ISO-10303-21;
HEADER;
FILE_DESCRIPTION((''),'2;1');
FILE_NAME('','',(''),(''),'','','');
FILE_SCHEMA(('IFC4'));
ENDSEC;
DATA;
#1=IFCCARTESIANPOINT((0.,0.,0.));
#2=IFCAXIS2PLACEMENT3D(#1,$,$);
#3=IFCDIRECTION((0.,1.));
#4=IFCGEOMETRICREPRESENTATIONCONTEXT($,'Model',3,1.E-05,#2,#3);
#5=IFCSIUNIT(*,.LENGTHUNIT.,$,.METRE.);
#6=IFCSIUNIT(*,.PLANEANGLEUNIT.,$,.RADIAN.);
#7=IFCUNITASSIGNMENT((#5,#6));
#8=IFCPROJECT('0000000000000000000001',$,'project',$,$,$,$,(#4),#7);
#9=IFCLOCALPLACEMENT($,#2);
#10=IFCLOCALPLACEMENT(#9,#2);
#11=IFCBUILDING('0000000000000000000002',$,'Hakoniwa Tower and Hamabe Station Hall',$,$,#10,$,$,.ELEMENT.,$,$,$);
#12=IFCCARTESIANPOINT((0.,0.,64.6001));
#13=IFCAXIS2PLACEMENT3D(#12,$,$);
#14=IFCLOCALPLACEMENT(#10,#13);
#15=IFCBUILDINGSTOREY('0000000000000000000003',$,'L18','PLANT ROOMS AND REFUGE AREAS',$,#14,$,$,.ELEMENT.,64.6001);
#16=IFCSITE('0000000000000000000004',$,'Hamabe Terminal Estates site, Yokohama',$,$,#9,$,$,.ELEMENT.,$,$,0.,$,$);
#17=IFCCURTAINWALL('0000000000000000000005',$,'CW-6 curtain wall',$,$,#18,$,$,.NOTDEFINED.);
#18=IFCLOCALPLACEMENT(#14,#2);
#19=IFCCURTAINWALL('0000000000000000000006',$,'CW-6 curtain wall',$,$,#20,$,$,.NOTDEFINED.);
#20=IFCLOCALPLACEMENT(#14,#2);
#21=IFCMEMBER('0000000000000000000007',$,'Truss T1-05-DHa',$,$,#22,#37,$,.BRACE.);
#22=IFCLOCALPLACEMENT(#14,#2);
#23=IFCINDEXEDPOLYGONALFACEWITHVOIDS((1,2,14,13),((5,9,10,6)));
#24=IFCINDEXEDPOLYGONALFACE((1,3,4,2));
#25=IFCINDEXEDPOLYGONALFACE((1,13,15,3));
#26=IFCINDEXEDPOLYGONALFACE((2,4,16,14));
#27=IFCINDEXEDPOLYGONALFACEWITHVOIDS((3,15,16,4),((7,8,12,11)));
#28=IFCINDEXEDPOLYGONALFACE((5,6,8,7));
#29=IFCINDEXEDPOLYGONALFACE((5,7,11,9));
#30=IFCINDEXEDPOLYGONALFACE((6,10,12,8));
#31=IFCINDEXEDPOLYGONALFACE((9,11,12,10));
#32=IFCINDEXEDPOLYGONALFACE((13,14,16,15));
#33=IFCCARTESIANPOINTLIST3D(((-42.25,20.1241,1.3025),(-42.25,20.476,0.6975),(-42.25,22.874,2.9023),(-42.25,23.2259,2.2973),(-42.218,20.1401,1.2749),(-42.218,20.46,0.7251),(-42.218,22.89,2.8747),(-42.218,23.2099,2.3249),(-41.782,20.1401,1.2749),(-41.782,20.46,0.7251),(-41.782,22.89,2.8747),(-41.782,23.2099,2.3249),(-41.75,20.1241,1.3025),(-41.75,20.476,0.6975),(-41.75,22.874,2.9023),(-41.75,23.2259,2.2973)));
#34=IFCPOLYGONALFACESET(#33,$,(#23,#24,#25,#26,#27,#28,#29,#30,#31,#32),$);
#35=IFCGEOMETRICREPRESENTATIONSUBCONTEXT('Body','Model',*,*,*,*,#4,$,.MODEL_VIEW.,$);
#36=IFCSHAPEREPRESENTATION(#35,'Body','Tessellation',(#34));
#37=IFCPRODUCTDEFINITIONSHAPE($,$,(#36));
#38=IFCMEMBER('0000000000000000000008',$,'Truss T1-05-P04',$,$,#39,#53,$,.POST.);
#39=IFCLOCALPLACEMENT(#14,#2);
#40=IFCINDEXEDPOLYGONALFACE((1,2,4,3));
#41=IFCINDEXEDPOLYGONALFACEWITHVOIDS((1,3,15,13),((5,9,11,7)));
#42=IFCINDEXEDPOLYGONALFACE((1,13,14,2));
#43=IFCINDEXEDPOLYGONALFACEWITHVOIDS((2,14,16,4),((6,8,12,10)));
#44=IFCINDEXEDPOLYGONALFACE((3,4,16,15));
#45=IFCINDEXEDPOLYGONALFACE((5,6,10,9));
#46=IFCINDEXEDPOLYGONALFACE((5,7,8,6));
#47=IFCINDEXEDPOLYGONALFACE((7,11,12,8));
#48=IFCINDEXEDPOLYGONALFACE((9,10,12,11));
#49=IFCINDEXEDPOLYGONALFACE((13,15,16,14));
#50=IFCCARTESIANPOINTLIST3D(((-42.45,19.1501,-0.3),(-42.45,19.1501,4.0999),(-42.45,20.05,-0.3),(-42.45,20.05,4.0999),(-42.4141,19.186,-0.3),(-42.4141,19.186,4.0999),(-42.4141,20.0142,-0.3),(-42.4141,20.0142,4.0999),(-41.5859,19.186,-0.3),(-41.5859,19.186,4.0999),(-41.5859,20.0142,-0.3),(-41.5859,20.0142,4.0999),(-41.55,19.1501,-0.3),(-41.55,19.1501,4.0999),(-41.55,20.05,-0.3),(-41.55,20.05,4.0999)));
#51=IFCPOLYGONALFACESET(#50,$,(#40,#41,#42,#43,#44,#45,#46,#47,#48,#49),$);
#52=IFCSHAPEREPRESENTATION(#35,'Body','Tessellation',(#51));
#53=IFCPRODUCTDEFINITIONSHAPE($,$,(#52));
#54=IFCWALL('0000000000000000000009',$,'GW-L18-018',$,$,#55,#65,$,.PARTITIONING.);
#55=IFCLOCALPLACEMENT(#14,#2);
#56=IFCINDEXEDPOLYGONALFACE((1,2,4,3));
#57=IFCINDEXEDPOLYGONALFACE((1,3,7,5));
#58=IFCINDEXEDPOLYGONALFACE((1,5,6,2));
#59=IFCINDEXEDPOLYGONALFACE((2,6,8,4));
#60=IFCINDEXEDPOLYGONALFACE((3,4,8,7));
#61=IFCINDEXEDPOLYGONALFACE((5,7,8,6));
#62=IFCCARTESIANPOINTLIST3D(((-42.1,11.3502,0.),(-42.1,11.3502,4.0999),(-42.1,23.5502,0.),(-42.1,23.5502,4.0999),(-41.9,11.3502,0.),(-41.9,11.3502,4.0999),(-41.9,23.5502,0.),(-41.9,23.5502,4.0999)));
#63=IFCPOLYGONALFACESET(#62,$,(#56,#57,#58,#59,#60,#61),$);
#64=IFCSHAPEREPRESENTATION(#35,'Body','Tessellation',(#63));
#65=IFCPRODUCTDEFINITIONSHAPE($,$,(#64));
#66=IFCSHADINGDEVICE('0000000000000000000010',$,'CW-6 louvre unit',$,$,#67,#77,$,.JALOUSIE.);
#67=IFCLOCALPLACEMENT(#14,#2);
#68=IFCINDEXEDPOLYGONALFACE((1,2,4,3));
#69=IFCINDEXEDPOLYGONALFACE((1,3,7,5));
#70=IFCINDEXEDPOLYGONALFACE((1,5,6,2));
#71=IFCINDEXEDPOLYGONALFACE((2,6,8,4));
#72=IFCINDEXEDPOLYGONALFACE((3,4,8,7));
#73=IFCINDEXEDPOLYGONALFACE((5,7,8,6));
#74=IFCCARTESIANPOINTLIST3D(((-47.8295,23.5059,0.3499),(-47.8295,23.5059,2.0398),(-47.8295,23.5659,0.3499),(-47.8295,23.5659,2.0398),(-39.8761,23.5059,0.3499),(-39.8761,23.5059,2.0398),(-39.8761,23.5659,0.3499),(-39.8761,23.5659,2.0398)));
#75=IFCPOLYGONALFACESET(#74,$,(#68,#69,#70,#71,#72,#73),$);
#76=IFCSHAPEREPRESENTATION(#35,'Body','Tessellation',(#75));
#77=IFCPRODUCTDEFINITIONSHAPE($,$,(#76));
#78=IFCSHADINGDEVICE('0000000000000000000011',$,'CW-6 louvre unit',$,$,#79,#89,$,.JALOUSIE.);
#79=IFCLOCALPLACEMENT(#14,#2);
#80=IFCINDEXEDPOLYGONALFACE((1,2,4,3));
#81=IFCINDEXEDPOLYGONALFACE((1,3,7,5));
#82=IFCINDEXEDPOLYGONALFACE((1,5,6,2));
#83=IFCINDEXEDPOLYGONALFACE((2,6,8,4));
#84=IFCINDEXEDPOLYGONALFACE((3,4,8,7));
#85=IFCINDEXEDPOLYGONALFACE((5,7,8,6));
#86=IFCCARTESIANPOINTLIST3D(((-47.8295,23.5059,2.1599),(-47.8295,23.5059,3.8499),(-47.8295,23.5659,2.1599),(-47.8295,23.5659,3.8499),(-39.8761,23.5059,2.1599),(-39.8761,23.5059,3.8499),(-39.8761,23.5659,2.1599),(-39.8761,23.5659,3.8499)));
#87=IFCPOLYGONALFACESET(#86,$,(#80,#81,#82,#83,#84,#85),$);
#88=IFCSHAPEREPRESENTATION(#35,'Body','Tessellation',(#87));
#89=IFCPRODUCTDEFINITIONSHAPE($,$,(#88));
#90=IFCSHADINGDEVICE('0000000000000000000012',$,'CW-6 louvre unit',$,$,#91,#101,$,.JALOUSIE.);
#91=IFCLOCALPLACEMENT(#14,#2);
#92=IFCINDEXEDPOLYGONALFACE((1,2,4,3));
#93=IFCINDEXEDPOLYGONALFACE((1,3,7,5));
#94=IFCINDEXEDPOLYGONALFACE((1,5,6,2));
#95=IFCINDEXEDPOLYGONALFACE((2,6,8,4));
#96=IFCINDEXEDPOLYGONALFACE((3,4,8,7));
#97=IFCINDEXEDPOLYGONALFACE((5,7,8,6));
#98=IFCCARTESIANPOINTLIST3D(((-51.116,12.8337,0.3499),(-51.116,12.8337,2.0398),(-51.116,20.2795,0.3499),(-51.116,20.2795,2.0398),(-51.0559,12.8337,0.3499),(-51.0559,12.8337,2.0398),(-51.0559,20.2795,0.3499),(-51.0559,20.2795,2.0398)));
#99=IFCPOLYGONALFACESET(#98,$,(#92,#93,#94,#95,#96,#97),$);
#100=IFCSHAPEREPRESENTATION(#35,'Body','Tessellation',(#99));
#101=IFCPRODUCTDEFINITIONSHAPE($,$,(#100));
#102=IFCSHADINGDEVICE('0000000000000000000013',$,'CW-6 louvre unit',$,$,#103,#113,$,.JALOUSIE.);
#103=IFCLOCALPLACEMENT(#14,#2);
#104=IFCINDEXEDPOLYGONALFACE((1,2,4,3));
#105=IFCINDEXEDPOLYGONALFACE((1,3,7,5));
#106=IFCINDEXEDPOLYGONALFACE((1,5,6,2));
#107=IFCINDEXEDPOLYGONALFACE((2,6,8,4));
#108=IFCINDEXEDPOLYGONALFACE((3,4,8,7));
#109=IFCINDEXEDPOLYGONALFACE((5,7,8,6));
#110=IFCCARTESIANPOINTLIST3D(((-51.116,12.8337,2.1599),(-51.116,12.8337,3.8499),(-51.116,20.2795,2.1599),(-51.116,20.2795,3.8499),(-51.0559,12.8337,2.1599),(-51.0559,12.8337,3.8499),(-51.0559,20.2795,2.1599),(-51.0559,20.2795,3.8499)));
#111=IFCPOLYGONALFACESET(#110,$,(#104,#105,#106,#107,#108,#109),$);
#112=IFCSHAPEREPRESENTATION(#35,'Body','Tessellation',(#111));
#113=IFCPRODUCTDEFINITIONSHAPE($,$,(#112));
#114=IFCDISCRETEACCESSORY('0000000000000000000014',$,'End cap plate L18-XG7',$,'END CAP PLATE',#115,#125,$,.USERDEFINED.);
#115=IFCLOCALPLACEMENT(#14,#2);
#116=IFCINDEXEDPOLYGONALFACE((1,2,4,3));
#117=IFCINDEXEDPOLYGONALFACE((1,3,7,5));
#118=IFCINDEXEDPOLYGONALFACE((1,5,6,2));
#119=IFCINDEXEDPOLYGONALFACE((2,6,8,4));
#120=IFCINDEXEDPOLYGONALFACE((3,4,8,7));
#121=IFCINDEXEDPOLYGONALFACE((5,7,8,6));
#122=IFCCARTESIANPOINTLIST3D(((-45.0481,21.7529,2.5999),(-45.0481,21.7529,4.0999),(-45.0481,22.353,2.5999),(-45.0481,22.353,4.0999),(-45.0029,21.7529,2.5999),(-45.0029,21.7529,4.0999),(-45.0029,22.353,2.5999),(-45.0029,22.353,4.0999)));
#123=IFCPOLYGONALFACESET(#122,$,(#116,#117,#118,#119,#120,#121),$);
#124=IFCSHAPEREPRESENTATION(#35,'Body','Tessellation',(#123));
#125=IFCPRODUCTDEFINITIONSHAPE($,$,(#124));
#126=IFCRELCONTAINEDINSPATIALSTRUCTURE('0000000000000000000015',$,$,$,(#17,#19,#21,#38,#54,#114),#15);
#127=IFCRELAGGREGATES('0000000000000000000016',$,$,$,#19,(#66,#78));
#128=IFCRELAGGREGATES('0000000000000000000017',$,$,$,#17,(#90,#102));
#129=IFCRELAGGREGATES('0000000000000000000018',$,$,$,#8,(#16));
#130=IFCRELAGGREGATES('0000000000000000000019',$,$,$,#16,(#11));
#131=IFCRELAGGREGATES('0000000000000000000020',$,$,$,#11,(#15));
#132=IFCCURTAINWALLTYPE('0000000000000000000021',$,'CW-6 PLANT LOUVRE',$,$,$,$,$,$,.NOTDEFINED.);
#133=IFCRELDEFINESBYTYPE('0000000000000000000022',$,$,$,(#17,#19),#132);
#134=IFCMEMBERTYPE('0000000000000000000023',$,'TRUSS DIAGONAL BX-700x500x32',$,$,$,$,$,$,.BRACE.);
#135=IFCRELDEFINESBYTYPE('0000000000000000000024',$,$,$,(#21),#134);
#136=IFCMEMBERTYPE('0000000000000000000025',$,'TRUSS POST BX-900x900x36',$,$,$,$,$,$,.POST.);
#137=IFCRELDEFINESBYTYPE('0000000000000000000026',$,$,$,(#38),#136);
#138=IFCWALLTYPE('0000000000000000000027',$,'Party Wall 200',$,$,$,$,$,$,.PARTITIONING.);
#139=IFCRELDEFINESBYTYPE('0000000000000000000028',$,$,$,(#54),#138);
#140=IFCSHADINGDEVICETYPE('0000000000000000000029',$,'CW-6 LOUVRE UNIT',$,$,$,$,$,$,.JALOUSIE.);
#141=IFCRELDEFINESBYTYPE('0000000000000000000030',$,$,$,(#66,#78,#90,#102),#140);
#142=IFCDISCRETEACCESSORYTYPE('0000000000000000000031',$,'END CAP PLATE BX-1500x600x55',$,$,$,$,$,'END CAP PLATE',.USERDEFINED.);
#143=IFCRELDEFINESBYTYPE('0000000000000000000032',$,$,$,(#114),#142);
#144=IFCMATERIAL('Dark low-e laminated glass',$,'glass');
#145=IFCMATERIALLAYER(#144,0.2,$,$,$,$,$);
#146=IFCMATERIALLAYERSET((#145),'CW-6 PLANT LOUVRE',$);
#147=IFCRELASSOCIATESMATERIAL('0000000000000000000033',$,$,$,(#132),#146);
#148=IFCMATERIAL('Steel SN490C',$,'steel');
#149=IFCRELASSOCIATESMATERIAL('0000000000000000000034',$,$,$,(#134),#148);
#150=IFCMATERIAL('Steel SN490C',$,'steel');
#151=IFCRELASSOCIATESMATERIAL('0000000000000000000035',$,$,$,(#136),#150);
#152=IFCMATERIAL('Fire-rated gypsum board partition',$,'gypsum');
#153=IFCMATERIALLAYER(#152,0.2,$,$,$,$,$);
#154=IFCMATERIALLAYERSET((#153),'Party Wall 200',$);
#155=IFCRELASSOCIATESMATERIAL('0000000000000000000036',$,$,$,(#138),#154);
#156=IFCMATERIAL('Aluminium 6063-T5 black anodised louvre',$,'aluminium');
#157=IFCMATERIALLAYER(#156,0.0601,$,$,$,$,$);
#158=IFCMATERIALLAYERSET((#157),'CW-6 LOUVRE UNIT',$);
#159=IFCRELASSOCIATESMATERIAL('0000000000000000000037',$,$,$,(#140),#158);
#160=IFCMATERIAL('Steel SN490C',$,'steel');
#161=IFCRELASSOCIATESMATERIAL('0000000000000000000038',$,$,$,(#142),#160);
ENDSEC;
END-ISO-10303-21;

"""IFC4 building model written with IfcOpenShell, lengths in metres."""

from ifc_helpers import new_model, si_unit, direction, frame, frame_2d, origin, origin_2d, place, context, subcontext, project, spatial, rectangle, hollow_rectangle, extrude, material, layer, layer_set, material_profile, profile_set, type_object, element, aggregate, save


model = new_model("IFC4")

# Units and contexts
model_context = context("Model", 3, precision=1e-05, world=origin(), true_north=direction((0.0, 1.0)))
body_context = subcontext(model_context, "Body", "Model", "MODEL_VIEW")
ifc_project = project(units=[si_unit("LENGTHUNIT", "METRE"), si_unit("PLANEANGLEUNIT", "RADIAN")], contexts=[model_context])

# Site, building, storey
site_placement = place(None, origin())
site = spatial("IfcSite", under=ifc_project, at=site_placement, Name="Hamabe Terminal Estates site, Yokohama", CompositionType="ELEMENT", RefElevation=0.0)
building_placement = place(site_placement, origin())
building = spatial("IfcBuilding", under=site, at=building_placement, Name="Hakoniwa Tower and Hamabe Station Hall", CompositionType="ELEMENT")
storey_placement = place(building_placement, frame((0.0, 0.0, 64.6001)))
storey = spatial("IfcBuildingStorey", under=building, at=storey_placement, Name="L18", Description="PLANT ROOMS AND REFUGE AREAS", CompositionType="ELEMENT", Elevation=64.6001)

# Curtain walls
ifc_material_1 = material(Name="Dark low-e laminated glass", Category="glass")
ifc_layer_1 = layer(ifc_material_1, 0.2)
ifc_layer_set_1 = layer_set([ifc_layer_1], Name="CW-6 PLANT LOUVRE")
curtain_wall_type = type_object("IfcCurtainWallType", Name="CW-6 PLANT LOUVRE", PredefinedType="NOTDEFINED", material=ifc_layer_set_1)
curtain_wall_1_placement = place(storey_placement, origin())
curtain_wall_1 = element("IfcCurtainWall", 1, at=curtain_wall_1_placement, inside=storey, type_object=curtain_wall_type, Name="CW-6 curtain wall", PredefinedType="NOTDEFINED")
curtain_wall_2_placement = place(storey_placement, origin())
curtain_wall_2 = element("IfcCurtainWall", 2, at=curtain_wall_2_placement, inside=storey, type_object=curtain_wall_type, Name="CW-6 curtain wall", PredefinedType="NOTDEFINED")

# Members
ifc_material_2 = material(Name="Steel SN490C", Category="steel")
ifc_material_profile_1 = material_profile(ifc_material_2, hollow_rectangle(XDim=0.5, YDim=0.7, WallThickness=0.032, at=origin_2d()), Name="BX-700x500x32")
ifc_profile_set_1 = profile_set([ifc_material_profile_1], Name="Steel SN490C")
member_type_1 = type_object("IfcMemberType", Name="TRUSS DIAGONAL BX-700x500x32", PredefinedType="BRACE", material=ifc_profile_set_1)
member_1_placement = place(storey_placement, frame((-42.0, 20.3, 1.0), z_axis=(0.0, 0.864368, 0.502859), x_axis=(-1.0, 0.0, 0.0)))
element("IfcMember", 3, at=member_1_placement, inside=storey, type_object=member_type_1, Name="Truss T1-05-DHa", PredefinedType="BRACE", context=body_context, shape_type="SweptSolid", body=[
    extrude(hollow_rectangle(XDim=0.5, YDim=0.7, WallThickness=0.032, at=origin_2d()), origin(), (0.0, 0.0, 1.0), 3.1814),
])
ifc_material_3 = material(Name="Steel SN490C", Category="steel")
ifc_material_profile_2 = material_profile(ifc_material_3, hollow_rectangle(XDim=0.8999, YDim=0.8999, WallThickness=0.0359, at=origin_2d()), Name="BX-900x900x36")
ifc_profile_set_2 = profile_set([ifc_material_profile_2], Name="Steel SN490C")
member_type_2 = type_object("IfcMemberType", Name="TRUSS POST BX-900x900x36", PredefinedType="POST", material=ifc_profile_set_2)
member_2_placement = place(storey_placement, frame((-42.0, 19.6001, -0.3), z_axis=(0.0, 0.0, 1.0), x_axis=(1.0, 0.0, 0.0)))
element("IfcMember", 4, at=member_2_placement, inside=storey, type_object=member_type_2, Name="Truss T1-05-P04", PredefinedType="POST", context=body_context, shape_type="SweptSolid", body=[
    extrude(hollow_rectangle(XDim=0.8999, YDim=0.8999, WallThickness=0.0359, at=origin_2d()), origin(), (0.0, 0.0, 1.0), 4.3999),
])

# Wall
ifc_material_4 = material(Name="Fire-rated gypsum board partition", Category="gypsum")
ifc_layer_2 = layer(ifc_material_4, 0.2)
ifc_layer_set_2 = layer_set([ifc_layer_2], Name="Party Wall 200")
wall_type = type_object("IfcWallType", Name="Party Wall 200", PredefinedType="PARTITIONING", material=ifc_layer_set_2)
wall_placement = place(storey_placement, frame((-42.0, 11.3501, 0.0), z_axis=(0.0, 0.0, 1.0), x_axis=(0.0, 1.0, 0.0)))
element("IfcWall", 5, at=wall_placement, inside=storey, type_object=wall_type, Name="GW-L18-018", PredefinedType="PARTITIONING", context=body_context, shape_type="SweptSolid", body=[
    extrude(rectangle(XDim=12.2, YDim=0.2, at=frame_2d((6.1001, 0.0))), origin(), (0.0, 0.0, 1.0), 4.0999),
])

# Shading devices
ifc_material_5 = material(Name="Aluminium 6063-T5 black anodised louvre", Category="aluminium")
ifc_layer_3 = layer(ifc_material_5, 0.0601)
ifc_layer_set_3 = layer_set([ifc_layer_3], Name="CW-6 LOUVRE UNIT")
shading_device_type = type_object("IfcShadingDeviceType", Name="CW-6 LOUVRE UNIT", PredefinedType="JALOUSIE", material=ifc_layer_set_3)
shading_device_1_placement = place(storey_placement, frame((-43.8528, 23.5359, 0.3499), z_axis=(0.0, 0.0, 1.0), x_axis=(-1.0, 0.0, 0.0)))
shading_device_1 = element("IfcShadingDevice", 6, at=shading_device_1_placement, type_object=shading_device_type, Name="CW-6 louvre unit", PredefinedType="JALOUSIE", context=body_context, shape_type="SweptSolid", body=[
    extrude(rectangle(XDim=7.9534, YDim=0.0601, at=origin_2d()), origin(), (0.0, 0.0, 1.0), 1.6899),
])
shading_device_2_placement = place(storey_placement, frame((-43.8528, 23.5359, 2.1599), z_axis=(0.0, 0.0, 1.0), x_axis=(-1.0, 0.0, 0.0)))
shading_device_2 = element("IfcShadingDevice", 7, at=shading_device_2_placement, type_object=shading_device_type, Name="CW-6 louvre unit", PredefinedType="JALOUSIE", context=body_context, shape_type="SweptSolid", body=[
    extrude(rectangle(XDim=7.9534, YDim=0.0601, at=origin_2d()), origin(), (0.0, 0.0, 1.0), 1.6899),
])
aggregate(curtain_wall_2, [shading_device_1, shading_device_2])
shading_device_3_placement = place(storey_placement, frame((-51.0859, 16.5566, 0.3499), z_axis=(0.0, 0.0, 1.0), x_axis=(0.0, -1.0, 0.0)))
shading_device_3 = element("IfcShadingDevice", 8, at=shading_device_3_placement, type_object=shading_device_type, Name="CW-6 louvre unit", PredefinedType="JALOUSIE", context=body_context, shape_type="SweptSolid", body=[
    extrude(rectangle(XDim=7.4458, YDim=0.0601, at=origin_2d()), origin(), (0.0, 0.0, 1.0), 1.6899),
])
shading_device_4_placement = place(storey_placement, frame((-51.0859, 16.5566, 2.1599), z_axis=(0.0, 0.0, 1.0), x_axis=(0.0, -1.0, 0.0)))
shading_device_4 = element("IfcShadingDevice", 9, at=shading_device_4_placement, type_object=shading_device_type, Name="CW-6 louvre unit", PredefinedType="JALOUSIE", context=body_context, shape_type="SweptSolid", body=[
    extrude(rectangle(XDim=7.4458, YDim=0.0601, at=origin_2d()), origin(), (0.0, 0.0, 1.0), 1.6899),
])
aggregate(curtain_wall_1, [shading_device_3, shading_device_4])

# Discrete accessory
ifc_material_6 = material(Name="Steel SN490C", Category="steel")
ifc_material_profile_3 = material_profile(ifc_material_6, rectangle(XDim=0.6001, YDim=1.5, at=origin_2d()), Name="END CAP PLATE BX-1500x600x55")
ifc_profile_set_3 = profile_set([ifc_material_profile_3], Name="Steel SN490C")
discrete_accessory_type = type_object("IfcDiscreteAccessoryType", Name="END CAP PLATE BX-1500x600x55", ElementType="END CAP PLATE", PredefinedType="USERDEFINED", material=ifc_profile_set_3)
discrete_accessory_placement = place(storey_placement, frame((-45.0481, 22.053, 3.3499), z_axis=(1.0, 0.0, 0.0), x_axis=(0.0, 1.0, 0.0)))
element("IfcDiscreteAccessory", 10, at=discrete_accessory_placement, inside=storey, type_object=discrete_accessory_type, Name="End cap plate L18-XG7", ObjectType="END CAP PLATE", PredefinedType="USERDEFINED", context=body_context, shape_type="SweptSolid", body=[
    extrude(rectangle(XDim=0.6001, YDim=1.5, at=origin_2d()), origin(), (0.0, 0.0, 1.0), 0.0452),
])

save(model, "model.ifc")
